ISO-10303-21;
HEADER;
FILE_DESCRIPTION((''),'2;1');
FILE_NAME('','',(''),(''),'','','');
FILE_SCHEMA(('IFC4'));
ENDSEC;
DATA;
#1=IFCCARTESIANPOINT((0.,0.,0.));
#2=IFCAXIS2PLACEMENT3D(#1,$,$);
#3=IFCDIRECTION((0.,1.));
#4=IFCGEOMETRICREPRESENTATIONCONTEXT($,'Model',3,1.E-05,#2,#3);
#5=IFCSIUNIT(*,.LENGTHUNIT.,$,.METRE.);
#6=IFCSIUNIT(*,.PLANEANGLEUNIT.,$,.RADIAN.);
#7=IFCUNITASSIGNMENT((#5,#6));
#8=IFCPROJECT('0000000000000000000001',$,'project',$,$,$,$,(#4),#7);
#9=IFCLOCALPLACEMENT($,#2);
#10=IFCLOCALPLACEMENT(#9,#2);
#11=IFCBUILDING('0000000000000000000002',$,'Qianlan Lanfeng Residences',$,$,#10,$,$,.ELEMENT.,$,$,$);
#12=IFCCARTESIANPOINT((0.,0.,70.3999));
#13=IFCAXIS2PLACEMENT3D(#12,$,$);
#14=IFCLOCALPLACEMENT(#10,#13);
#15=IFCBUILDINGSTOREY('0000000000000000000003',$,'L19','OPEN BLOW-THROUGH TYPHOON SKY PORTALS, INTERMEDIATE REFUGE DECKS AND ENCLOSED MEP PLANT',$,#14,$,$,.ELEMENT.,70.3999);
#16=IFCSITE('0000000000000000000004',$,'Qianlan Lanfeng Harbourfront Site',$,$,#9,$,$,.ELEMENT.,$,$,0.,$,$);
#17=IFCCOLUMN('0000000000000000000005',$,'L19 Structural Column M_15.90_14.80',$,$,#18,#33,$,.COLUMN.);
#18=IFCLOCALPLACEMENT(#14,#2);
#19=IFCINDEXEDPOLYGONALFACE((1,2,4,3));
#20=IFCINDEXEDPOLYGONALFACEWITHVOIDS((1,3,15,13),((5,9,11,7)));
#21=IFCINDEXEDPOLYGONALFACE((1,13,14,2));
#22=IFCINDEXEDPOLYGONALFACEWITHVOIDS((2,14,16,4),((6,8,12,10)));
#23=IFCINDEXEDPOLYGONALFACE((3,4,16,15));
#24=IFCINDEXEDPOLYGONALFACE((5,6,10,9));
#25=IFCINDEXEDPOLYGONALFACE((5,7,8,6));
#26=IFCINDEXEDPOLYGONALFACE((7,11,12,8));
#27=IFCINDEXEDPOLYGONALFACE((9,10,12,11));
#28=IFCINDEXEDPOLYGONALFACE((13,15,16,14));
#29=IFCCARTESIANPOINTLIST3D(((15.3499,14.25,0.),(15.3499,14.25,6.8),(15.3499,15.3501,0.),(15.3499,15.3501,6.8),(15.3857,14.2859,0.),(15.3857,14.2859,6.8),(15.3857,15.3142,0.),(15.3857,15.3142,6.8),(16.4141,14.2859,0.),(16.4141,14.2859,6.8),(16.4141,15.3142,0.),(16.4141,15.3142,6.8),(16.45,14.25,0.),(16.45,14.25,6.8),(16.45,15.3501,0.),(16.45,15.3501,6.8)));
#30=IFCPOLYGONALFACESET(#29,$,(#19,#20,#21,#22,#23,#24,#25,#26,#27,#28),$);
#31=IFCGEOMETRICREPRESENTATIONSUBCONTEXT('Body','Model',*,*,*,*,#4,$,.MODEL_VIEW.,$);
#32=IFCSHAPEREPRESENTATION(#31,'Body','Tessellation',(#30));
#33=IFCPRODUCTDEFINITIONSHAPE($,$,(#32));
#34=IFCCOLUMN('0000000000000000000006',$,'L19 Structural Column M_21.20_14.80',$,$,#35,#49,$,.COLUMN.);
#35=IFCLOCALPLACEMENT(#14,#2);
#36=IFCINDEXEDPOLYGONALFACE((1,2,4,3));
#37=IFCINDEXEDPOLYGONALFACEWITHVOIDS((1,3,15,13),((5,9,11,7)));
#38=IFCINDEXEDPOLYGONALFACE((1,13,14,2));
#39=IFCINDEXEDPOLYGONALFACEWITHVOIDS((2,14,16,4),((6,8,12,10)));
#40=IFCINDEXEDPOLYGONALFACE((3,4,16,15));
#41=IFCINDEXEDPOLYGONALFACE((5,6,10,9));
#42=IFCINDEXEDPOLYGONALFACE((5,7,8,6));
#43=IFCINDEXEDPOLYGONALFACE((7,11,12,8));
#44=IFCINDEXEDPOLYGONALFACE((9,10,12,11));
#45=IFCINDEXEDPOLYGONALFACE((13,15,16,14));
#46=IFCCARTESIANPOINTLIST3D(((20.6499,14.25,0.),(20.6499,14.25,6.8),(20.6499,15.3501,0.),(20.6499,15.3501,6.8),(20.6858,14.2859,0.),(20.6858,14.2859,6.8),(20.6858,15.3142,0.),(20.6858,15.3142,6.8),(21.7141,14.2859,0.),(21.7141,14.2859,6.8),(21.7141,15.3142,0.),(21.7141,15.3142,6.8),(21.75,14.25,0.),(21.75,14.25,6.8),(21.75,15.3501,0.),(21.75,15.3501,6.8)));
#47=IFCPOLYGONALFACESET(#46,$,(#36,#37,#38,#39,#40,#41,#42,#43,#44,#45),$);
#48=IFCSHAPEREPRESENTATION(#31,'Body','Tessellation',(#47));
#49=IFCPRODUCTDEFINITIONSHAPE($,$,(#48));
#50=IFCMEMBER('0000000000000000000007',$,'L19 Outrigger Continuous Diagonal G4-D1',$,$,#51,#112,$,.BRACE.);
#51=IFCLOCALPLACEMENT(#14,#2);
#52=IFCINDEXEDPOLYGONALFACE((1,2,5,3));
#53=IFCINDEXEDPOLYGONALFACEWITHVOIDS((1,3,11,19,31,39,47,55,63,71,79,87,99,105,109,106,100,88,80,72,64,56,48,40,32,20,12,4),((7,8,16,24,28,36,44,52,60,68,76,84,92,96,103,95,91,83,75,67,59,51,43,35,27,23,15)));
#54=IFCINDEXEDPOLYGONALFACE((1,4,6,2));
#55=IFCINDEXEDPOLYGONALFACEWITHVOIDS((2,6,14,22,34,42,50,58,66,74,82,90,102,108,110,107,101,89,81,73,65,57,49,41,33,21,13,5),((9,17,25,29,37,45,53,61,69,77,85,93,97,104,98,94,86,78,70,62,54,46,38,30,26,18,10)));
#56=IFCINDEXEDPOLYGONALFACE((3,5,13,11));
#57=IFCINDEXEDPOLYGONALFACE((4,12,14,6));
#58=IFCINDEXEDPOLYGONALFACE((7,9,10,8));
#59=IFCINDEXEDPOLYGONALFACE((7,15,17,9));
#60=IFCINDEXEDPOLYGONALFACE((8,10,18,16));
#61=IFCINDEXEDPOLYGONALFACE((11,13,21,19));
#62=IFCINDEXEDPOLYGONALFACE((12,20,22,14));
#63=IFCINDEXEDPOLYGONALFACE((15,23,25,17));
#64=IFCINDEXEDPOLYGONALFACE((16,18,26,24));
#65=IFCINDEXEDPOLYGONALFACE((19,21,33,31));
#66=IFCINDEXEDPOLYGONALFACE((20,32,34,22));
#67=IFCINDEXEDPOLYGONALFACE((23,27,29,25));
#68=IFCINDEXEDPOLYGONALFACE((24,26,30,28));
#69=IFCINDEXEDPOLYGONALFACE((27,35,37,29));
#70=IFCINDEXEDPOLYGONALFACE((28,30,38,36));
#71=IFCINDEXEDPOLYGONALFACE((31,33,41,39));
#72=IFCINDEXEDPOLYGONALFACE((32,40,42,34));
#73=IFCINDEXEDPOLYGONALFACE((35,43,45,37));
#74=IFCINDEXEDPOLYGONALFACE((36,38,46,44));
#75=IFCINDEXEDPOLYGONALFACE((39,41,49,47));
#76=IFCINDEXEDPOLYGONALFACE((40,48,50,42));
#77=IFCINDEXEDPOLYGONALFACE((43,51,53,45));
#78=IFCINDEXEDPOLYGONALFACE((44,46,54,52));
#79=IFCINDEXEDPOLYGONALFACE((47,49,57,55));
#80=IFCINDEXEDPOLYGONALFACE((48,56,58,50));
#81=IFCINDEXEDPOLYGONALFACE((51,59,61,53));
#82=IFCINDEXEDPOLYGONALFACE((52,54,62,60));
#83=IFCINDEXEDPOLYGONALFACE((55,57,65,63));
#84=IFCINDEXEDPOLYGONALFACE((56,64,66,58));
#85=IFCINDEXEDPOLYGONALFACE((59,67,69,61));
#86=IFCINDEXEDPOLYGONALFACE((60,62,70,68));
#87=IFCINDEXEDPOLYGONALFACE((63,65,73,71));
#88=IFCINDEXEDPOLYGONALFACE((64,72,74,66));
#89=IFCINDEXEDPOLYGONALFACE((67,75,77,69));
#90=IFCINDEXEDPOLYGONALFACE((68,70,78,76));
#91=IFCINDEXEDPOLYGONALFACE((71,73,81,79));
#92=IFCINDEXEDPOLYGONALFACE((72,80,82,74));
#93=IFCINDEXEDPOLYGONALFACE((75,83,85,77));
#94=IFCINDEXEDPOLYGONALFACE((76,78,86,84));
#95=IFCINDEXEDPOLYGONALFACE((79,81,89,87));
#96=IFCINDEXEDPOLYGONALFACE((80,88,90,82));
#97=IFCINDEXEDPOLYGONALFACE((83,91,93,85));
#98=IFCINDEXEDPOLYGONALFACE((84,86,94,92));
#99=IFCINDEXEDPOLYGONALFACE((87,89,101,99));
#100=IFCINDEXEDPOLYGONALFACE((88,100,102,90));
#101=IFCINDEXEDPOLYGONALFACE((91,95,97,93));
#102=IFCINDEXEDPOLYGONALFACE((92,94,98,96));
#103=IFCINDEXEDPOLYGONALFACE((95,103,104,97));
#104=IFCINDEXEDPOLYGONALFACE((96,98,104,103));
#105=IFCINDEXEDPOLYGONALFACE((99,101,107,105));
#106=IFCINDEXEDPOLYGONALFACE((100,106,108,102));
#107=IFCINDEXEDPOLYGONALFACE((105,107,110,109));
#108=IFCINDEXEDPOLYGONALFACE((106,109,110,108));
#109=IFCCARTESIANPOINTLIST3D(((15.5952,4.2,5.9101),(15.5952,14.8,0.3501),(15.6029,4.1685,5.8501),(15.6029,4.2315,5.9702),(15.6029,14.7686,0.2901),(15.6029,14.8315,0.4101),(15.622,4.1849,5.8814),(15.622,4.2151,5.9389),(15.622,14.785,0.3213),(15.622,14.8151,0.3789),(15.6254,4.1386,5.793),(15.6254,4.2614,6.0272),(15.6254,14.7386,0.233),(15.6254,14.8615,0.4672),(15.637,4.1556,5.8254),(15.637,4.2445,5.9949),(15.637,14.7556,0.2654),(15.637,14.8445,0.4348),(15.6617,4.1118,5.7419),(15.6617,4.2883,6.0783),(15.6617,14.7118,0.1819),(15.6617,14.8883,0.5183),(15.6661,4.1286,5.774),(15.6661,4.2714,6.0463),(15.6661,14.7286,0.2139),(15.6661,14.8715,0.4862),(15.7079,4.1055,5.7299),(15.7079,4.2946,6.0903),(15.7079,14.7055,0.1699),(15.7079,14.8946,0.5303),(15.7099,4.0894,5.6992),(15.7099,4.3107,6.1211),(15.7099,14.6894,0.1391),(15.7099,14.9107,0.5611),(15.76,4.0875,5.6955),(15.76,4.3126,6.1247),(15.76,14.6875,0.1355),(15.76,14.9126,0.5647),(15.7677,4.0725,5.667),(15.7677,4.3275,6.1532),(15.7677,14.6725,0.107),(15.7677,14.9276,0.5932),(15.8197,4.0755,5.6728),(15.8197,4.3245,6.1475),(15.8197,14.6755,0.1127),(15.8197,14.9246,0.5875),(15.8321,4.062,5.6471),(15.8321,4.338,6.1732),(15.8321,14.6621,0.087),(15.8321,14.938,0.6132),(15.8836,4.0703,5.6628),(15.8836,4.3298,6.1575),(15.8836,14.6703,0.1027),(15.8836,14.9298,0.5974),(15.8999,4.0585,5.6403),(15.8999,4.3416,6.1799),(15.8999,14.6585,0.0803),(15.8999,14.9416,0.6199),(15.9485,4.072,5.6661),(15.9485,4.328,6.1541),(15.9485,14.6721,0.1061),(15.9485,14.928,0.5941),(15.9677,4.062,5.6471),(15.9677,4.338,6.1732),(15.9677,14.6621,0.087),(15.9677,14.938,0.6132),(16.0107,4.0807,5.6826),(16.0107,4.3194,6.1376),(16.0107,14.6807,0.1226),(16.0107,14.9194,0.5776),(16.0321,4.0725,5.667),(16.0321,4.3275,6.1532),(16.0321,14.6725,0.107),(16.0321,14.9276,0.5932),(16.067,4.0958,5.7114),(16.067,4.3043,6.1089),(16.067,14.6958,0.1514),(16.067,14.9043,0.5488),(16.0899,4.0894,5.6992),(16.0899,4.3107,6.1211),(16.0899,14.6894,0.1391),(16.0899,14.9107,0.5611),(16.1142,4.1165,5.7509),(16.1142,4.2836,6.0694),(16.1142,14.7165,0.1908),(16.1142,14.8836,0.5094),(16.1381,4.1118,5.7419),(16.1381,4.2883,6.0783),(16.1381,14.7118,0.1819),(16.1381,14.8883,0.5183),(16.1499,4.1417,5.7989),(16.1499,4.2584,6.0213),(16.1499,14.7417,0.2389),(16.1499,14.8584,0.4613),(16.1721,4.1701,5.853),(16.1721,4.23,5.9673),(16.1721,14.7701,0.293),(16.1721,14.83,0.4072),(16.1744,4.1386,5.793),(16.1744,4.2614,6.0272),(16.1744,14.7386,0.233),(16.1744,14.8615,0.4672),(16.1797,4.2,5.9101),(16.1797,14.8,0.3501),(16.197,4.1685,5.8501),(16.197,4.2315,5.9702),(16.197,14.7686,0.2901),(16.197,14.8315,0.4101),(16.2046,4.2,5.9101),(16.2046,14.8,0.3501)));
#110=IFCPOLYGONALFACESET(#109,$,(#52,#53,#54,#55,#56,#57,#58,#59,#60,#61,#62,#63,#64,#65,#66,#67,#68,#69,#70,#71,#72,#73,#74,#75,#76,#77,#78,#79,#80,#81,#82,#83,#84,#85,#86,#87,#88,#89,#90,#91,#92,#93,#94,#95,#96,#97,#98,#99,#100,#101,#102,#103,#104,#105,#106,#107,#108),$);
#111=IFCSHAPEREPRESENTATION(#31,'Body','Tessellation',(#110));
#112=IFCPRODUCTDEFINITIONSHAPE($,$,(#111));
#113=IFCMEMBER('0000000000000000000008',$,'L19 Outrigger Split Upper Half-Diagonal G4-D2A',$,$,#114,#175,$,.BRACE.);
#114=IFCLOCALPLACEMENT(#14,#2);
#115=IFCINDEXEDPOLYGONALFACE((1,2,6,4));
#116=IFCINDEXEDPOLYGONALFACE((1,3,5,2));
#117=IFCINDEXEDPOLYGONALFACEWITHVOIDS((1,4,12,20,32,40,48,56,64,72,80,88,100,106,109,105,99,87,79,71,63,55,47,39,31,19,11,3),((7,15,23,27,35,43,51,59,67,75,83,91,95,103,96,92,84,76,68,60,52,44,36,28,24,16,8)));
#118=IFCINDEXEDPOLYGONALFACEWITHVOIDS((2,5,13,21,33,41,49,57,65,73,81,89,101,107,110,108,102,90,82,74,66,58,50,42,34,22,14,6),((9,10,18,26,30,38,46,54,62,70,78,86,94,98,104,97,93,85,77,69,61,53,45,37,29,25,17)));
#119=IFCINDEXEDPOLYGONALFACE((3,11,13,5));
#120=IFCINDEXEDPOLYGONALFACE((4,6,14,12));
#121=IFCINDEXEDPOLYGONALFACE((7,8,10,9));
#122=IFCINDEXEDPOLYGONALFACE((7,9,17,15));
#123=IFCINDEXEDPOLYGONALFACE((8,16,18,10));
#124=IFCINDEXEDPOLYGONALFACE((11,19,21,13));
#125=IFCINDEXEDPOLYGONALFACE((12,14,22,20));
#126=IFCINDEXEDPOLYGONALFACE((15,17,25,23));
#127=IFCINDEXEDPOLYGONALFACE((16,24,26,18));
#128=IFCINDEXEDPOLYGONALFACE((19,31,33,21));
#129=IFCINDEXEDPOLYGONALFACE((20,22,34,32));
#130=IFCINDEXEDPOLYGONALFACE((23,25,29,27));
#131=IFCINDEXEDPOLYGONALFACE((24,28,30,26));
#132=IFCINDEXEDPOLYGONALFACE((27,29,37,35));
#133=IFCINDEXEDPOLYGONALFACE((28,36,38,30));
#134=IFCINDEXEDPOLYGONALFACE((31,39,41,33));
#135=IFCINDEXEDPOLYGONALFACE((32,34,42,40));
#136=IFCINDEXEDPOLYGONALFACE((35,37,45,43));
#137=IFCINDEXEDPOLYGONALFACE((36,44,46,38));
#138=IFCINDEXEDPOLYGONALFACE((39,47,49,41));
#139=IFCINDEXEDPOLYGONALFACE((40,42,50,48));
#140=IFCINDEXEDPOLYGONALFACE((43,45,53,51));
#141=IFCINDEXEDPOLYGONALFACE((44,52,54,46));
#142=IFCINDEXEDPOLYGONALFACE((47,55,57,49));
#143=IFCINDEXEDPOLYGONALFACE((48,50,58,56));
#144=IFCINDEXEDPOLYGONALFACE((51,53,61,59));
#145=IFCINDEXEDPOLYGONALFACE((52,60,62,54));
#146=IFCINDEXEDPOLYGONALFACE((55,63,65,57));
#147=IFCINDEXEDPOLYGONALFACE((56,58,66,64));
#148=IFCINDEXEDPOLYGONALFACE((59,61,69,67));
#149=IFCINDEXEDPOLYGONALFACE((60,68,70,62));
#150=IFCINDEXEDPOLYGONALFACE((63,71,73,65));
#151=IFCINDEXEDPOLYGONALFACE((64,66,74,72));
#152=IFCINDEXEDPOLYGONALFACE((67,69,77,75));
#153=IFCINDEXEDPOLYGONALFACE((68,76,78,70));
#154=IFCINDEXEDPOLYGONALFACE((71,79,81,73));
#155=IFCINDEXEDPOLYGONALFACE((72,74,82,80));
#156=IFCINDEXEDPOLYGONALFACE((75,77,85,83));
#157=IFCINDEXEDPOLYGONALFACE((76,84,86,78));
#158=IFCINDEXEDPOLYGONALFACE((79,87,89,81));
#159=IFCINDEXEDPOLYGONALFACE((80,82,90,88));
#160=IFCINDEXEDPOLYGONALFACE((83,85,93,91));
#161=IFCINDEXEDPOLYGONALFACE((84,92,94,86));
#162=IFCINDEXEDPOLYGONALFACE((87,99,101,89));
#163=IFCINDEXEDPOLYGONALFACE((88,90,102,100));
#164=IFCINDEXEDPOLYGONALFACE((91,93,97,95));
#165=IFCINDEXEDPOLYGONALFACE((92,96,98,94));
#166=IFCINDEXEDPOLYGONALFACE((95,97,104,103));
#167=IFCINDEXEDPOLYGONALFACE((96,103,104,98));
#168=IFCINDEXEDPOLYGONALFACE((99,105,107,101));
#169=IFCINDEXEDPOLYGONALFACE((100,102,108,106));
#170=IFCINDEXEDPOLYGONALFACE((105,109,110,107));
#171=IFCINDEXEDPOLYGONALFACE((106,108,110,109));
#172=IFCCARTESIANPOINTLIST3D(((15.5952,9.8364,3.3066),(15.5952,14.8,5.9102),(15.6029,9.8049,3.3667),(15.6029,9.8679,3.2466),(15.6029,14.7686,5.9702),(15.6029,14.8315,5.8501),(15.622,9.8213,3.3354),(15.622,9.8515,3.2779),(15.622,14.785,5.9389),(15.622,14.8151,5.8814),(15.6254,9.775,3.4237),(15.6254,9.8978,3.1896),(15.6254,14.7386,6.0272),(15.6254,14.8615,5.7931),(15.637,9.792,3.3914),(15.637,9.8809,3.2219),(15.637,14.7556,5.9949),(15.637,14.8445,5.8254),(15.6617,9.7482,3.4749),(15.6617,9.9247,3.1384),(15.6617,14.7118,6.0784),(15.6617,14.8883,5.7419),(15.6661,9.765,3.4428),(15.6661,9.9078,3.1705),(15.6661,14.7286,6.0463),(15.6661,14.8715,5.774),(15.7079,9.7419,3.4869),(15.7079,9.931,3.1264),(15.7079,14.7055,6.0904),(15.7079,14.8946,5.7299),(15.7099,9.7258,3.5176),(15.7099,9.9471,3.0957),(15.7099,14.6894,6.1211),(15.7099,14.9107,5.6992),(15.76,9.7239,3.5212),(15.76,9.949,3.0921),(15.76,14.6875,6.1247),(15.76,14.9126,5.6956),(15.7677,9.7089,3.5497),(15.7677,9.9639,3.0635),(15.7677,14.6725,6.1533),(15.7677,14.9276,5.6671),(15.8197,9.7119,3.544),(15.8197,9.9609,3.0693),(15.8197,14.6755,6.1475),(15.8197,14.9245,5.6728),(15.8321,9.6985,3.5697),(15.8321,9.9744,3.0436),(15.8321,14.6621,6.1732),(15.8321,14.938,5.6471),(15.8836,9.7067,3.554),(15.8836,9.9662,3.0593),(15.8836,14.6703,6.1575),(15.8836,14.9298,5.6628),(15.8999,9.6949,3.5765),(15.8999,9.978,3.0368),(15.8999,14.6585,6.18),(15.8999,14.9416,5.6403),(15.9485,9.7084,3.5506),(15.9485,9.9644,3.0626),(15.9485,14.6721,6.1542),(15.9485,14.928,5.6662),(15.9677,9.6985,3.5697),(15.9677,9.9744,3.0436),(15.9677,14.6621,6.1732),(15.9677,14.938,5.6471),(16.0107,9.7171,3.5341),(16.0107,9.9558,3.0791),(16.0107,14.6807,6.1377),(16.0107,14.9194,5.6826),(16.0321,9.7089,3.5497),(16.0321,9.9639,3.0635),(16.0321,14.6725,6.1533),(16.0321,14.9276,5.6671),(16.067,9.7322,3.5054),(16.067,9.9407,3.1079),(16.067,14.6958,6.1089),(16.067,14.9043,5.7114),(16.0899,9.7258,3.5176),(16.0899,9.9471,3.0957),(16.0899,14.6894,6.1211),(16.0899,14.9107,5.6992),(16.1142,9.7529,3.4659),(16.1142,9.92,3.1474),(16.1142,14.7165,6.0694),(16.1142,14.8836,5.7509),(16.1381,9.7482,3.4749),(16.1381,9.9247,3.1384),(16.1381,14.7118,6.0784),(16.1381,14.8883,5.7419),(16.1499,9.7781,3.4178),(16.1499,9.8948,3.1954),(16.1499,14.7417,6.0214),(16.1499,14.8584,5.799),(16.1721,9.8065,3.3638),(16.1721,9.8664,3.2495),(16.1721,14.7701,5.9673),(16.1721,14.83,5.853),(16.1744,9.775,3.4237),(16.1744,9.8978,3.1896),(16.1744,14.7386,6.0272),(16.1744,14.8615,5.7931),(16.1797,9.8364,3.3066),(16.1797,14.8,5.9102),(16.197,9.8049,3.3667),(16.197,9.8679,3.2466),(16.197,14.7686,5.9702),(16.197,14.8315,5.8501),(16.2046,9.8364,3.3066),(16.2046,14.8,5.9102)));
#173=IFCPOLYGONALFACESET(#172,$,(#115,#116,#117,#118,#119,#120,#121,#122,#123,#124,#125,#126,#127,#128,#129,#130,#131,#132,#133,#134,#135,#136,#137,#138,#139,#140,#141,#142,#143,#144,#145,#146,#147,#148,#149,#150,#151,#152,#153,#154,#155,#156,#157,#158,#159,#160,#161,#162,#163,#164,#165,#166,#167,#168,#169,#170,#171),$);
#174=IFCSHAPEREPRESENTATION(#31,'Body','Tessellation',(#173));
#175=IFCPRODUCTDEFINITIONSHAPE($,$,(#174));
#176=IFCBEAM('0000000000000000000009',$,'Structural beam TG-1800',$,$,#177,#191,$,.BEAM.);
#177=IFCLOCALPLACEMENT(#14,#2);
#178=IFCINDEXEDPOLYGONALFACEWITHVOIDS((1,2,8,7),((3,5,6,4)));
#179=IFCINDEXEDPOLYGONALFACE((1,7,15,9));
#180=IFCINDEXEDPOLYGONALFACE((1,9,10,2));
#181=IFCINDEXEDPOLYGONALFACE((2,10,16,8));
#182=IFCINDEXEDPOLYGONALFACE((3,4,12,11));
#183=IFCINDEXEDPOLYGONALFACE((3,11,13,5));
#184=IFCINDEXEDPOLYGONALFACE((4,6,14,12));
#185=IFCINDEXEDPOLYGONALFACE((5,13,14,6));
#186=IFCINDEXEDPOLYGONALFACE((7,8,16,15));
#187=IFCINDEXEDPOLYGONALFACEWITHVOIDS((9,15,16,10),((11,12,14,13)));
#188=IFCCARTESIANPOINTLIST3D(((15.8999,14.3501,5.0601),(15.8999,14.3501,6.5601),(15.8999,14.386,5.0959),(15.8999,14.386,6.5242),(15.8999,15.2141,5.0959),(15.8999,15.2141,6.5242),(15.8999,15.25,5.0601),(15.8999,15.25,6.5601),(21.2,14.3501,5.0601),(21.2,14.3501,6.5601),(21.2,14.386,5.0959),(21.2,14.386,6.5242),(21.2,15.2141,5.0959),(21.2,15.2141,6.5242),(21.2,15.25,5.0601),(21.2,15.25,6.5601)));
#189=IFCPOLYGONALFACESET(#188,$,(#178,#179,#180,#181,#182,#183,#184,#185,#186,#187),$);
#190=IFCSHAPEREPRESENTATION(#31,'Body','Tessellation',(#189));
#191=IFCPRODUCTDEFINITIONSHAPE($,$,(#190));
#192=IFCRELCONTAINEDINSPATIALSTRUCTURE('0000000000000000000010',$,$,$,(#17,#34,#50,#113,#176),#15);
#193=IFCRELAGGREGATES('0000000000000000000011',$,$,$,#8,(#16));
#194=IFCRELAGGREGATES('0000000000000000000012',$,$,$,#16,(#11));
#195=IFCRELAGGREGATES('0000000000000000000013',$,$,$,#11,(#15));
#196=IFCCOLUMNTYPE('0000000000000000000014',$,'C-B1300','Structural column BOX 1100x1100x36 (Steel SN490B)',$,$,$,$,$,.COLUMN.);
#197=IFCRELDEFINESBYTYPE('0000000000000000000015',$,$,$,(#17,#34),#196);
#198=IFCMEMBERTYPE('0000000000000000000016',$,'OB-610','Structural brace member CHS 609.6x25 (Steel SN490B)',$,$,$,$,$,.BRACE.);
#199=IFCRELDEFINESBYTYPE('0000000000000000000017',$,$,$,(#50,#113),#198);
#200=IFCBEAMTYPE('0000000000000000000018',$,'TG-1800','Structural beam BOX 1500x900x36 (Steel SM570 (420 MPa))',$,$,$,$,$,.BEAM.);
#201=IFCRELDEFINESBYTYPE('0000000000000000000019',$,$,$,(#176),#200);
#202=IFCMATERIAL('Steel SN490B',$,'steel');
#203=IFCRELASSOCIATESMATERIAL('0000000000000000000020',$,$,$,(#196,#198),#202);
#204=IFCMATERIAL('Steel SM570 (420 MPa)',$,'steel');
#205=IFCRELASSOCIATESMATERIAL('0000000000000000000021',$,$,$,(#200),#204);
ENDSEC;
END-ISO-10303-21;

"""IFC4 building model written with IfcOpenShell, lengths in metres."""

from ifc_helpers import new_model, si_unit, direction, frame, origin, origin_2d, place, context, subcontext, project, spatial, hollow_rectangle, hollow_circle, extrude, material, material_profile, profile_set, type_object, element, save


model = new_model("IFC4")

# Units and contexts
model_context = context("Model", 3, precision=1e-05, world=origin(), true_north=direction((0.0, 1.0)))
body_context = subcontext(model_context, "Body", "Model", "MODEL_VIEW")
ifc_project = project(units=[si_unit("LENGTHUNIT", "METRE"), si_unit("PLANEANGLEUNIT", "RADIAN")], contexts=[model_context])

# Site, building, storey
site_placement = place(None, origin())
site = spatial("IfcSite", under=ifc_project, at=site_placement, Name="Qianlan Lanfeng Harbourfront Site", CompositionType="ELEMENT", RefElevation=0.0)
building_placement = place(site_placement, origin())
building = spatial("IfcBuilding", under=site, at=building_placement, Name="Qianlan Lanfeng Residences", CompositionType="ELEMENT")
storey_placement = place(building_placement, frame((0.0, 0.0, 70.3999)))
storey = spatial("IfcBuildingStorey", under=building, at=storey_placement, Name="L19", Description="OPEN BLOW-THROUGH TYPHOON SKY PORTALS, INTERMEDIATE REFUGE DECKS AND ENCLOSED MEP PLANT", CompositionType="ELEMENT", Elevation=70.3999)

# Columns
ifc_material_1 = material(Name="Steel SN490B", Category="steel")
ifc_material_profile_1 = material_profile(ifc_material_1, hollow_rectangle(XDim=1.1001, YDim=1.1001, WallThickness=0.0359, at=origin_2d()), Name="BOX 1100x1100x36")
ifc_profile_set_1 = profile_set([ifc_material_profile_1], Name="Steel SN490B")
column_type = type_object("IfcColumnType", Name="C-B1300", Description="Structural column BOX 1100x1100x36 (Steel SN490B)", PredefinedType="COLUMN", material=ifc_profile_set_1)
for number, where, z_axis, x_axis, name in (
    (1, (15.8999, 14.8, 0.0), (0.0, 0.0, 1.0), (1.0, 0.0, 0.0), "L19 Structural Column M_15.90_14.80"),
    (2, (21.2, 14.8, 0.0), (0.0, 0.0, 1.0), (1.0, 0.0, 0.0), "L19 Structural Column M_21.20_14.80"),
):
    element("IfcColumn", number, at=place(storey_placement, frame(where, z_axis=z_axis, x_axis=x_axis)), inside=storey, type_object=column_type, Name=name, PredefinedType="COLUMN", context=body_context, shape_type="SweptSolid", body=[
        extrude(hollow_rectangle(XDim=1.1001, YDim=1.1001, WallThickness=0.0359, at=origin_2d()), origin(), (0.0, 0.0, 1.0), 6.8),
    ])

# Members
ifc_material_profile_2 = material_profile(ifc_material_1, hollow_circle(Radius=0.3047, WallThickness=0.0249, at=origin_2d()), Name="CHS 609.6x25")
ifc_profile_set_2 = profile_set([ifc_material_profile_2], Name="Steel SN490B")
member_type = type_object("IfcMemberType", Name="OB-610", Description="Structural brace member CHS 609.6x25 (Steel SN490B)", PredefinedType="BRACE", material=ifc_profile_set_2)
member_1_placement = place(storey_placement, frame((15.8999, 14.8, 0.3501), z_axis=(0.0, -0.88557, 0.464507), x_axis=(1.0, 0.0, 0.0)))
element("IfcMember", 3, at=member_1_placement, inside=storey, type_object=member_type, Name="L19 Outrigger Continuous Diagonal G4-D1", PredefinedType="BRACE", context=body_context, shape_type="SweptSolid", body=[
    extrude(hollow_circle(Radius=0.3047, WallThickness=0.0249, at=origin_2d()), origin(), (0.0, 0.0, 1.0), 11.9697),
])
member_2_placement = place(storey_placement, frame((15.8999, 14.8, 5.9102), z_axis=(0.0, -0.885573, -0.4645), x_axis=(1.0, 0.0, 0.0)))
element("IfcMember", 4, at=member_2_placement, inside=storey, type_object=member_type, Name="L19 Outrigger Split Upper Half-Diagonal G4-D2A", PredefinedType="BRACE", context=body_context, shape_type="SweptSolid", body=[
    extrude(hollow_circle(Radius=0.3047, WallThickness=0.0249, at=origin_2d()), origin(), (0.0, 0.0, 1.0), 5.605),
])

# Beam
ifc_material_2 = material(Name="Steel SM570 (420 MPa)", Category="steel")
ifc_material_profile_3 = material_profile(ifc_material_2, hollow_rectangle(XDim=0.8999, YDim=1.5, WallThickness=0.0359, at=origin_2d()), Name="BOX 1500x900x36")
ifc_profile_set_3 = profile_set([ifc_material_profile_3], Name="Steel SM570 (420 MPa)")
beam_type = type_object("IfcBeamType", Name="TG-1800", Description="Structural beam BOX 1500x900x36 (Steel SM570 (420 MPa))", PredefinedType="BEAM", material=ifc_profile_set_3)
for number, where, z_axis, x_axis, name in (
    (5, (15.8999, 14.8, 5.8101), (1.0, 0.0, 0.0), (0.0, 1.0, 0.0), "Structural beam TG-1800"),
):
    element("IfcBeam", number, at=place(storey_placement, frame(where, z_axis=z_axis, x_axis=x_axis)), inside=storey, type_object=beam_type, Name=name, PredefinedType="BEAM", context=body_context, shape_type="SweptSolid", body=[
        extrude(hollow_rectangle(XDim=0.8999, YDim=1.5, WallThickness=0.0359, at=origin_2d()), origin(), (0.0, 0.0, 1.0), 5.3),
    ])

save(model, "model.ifc")
